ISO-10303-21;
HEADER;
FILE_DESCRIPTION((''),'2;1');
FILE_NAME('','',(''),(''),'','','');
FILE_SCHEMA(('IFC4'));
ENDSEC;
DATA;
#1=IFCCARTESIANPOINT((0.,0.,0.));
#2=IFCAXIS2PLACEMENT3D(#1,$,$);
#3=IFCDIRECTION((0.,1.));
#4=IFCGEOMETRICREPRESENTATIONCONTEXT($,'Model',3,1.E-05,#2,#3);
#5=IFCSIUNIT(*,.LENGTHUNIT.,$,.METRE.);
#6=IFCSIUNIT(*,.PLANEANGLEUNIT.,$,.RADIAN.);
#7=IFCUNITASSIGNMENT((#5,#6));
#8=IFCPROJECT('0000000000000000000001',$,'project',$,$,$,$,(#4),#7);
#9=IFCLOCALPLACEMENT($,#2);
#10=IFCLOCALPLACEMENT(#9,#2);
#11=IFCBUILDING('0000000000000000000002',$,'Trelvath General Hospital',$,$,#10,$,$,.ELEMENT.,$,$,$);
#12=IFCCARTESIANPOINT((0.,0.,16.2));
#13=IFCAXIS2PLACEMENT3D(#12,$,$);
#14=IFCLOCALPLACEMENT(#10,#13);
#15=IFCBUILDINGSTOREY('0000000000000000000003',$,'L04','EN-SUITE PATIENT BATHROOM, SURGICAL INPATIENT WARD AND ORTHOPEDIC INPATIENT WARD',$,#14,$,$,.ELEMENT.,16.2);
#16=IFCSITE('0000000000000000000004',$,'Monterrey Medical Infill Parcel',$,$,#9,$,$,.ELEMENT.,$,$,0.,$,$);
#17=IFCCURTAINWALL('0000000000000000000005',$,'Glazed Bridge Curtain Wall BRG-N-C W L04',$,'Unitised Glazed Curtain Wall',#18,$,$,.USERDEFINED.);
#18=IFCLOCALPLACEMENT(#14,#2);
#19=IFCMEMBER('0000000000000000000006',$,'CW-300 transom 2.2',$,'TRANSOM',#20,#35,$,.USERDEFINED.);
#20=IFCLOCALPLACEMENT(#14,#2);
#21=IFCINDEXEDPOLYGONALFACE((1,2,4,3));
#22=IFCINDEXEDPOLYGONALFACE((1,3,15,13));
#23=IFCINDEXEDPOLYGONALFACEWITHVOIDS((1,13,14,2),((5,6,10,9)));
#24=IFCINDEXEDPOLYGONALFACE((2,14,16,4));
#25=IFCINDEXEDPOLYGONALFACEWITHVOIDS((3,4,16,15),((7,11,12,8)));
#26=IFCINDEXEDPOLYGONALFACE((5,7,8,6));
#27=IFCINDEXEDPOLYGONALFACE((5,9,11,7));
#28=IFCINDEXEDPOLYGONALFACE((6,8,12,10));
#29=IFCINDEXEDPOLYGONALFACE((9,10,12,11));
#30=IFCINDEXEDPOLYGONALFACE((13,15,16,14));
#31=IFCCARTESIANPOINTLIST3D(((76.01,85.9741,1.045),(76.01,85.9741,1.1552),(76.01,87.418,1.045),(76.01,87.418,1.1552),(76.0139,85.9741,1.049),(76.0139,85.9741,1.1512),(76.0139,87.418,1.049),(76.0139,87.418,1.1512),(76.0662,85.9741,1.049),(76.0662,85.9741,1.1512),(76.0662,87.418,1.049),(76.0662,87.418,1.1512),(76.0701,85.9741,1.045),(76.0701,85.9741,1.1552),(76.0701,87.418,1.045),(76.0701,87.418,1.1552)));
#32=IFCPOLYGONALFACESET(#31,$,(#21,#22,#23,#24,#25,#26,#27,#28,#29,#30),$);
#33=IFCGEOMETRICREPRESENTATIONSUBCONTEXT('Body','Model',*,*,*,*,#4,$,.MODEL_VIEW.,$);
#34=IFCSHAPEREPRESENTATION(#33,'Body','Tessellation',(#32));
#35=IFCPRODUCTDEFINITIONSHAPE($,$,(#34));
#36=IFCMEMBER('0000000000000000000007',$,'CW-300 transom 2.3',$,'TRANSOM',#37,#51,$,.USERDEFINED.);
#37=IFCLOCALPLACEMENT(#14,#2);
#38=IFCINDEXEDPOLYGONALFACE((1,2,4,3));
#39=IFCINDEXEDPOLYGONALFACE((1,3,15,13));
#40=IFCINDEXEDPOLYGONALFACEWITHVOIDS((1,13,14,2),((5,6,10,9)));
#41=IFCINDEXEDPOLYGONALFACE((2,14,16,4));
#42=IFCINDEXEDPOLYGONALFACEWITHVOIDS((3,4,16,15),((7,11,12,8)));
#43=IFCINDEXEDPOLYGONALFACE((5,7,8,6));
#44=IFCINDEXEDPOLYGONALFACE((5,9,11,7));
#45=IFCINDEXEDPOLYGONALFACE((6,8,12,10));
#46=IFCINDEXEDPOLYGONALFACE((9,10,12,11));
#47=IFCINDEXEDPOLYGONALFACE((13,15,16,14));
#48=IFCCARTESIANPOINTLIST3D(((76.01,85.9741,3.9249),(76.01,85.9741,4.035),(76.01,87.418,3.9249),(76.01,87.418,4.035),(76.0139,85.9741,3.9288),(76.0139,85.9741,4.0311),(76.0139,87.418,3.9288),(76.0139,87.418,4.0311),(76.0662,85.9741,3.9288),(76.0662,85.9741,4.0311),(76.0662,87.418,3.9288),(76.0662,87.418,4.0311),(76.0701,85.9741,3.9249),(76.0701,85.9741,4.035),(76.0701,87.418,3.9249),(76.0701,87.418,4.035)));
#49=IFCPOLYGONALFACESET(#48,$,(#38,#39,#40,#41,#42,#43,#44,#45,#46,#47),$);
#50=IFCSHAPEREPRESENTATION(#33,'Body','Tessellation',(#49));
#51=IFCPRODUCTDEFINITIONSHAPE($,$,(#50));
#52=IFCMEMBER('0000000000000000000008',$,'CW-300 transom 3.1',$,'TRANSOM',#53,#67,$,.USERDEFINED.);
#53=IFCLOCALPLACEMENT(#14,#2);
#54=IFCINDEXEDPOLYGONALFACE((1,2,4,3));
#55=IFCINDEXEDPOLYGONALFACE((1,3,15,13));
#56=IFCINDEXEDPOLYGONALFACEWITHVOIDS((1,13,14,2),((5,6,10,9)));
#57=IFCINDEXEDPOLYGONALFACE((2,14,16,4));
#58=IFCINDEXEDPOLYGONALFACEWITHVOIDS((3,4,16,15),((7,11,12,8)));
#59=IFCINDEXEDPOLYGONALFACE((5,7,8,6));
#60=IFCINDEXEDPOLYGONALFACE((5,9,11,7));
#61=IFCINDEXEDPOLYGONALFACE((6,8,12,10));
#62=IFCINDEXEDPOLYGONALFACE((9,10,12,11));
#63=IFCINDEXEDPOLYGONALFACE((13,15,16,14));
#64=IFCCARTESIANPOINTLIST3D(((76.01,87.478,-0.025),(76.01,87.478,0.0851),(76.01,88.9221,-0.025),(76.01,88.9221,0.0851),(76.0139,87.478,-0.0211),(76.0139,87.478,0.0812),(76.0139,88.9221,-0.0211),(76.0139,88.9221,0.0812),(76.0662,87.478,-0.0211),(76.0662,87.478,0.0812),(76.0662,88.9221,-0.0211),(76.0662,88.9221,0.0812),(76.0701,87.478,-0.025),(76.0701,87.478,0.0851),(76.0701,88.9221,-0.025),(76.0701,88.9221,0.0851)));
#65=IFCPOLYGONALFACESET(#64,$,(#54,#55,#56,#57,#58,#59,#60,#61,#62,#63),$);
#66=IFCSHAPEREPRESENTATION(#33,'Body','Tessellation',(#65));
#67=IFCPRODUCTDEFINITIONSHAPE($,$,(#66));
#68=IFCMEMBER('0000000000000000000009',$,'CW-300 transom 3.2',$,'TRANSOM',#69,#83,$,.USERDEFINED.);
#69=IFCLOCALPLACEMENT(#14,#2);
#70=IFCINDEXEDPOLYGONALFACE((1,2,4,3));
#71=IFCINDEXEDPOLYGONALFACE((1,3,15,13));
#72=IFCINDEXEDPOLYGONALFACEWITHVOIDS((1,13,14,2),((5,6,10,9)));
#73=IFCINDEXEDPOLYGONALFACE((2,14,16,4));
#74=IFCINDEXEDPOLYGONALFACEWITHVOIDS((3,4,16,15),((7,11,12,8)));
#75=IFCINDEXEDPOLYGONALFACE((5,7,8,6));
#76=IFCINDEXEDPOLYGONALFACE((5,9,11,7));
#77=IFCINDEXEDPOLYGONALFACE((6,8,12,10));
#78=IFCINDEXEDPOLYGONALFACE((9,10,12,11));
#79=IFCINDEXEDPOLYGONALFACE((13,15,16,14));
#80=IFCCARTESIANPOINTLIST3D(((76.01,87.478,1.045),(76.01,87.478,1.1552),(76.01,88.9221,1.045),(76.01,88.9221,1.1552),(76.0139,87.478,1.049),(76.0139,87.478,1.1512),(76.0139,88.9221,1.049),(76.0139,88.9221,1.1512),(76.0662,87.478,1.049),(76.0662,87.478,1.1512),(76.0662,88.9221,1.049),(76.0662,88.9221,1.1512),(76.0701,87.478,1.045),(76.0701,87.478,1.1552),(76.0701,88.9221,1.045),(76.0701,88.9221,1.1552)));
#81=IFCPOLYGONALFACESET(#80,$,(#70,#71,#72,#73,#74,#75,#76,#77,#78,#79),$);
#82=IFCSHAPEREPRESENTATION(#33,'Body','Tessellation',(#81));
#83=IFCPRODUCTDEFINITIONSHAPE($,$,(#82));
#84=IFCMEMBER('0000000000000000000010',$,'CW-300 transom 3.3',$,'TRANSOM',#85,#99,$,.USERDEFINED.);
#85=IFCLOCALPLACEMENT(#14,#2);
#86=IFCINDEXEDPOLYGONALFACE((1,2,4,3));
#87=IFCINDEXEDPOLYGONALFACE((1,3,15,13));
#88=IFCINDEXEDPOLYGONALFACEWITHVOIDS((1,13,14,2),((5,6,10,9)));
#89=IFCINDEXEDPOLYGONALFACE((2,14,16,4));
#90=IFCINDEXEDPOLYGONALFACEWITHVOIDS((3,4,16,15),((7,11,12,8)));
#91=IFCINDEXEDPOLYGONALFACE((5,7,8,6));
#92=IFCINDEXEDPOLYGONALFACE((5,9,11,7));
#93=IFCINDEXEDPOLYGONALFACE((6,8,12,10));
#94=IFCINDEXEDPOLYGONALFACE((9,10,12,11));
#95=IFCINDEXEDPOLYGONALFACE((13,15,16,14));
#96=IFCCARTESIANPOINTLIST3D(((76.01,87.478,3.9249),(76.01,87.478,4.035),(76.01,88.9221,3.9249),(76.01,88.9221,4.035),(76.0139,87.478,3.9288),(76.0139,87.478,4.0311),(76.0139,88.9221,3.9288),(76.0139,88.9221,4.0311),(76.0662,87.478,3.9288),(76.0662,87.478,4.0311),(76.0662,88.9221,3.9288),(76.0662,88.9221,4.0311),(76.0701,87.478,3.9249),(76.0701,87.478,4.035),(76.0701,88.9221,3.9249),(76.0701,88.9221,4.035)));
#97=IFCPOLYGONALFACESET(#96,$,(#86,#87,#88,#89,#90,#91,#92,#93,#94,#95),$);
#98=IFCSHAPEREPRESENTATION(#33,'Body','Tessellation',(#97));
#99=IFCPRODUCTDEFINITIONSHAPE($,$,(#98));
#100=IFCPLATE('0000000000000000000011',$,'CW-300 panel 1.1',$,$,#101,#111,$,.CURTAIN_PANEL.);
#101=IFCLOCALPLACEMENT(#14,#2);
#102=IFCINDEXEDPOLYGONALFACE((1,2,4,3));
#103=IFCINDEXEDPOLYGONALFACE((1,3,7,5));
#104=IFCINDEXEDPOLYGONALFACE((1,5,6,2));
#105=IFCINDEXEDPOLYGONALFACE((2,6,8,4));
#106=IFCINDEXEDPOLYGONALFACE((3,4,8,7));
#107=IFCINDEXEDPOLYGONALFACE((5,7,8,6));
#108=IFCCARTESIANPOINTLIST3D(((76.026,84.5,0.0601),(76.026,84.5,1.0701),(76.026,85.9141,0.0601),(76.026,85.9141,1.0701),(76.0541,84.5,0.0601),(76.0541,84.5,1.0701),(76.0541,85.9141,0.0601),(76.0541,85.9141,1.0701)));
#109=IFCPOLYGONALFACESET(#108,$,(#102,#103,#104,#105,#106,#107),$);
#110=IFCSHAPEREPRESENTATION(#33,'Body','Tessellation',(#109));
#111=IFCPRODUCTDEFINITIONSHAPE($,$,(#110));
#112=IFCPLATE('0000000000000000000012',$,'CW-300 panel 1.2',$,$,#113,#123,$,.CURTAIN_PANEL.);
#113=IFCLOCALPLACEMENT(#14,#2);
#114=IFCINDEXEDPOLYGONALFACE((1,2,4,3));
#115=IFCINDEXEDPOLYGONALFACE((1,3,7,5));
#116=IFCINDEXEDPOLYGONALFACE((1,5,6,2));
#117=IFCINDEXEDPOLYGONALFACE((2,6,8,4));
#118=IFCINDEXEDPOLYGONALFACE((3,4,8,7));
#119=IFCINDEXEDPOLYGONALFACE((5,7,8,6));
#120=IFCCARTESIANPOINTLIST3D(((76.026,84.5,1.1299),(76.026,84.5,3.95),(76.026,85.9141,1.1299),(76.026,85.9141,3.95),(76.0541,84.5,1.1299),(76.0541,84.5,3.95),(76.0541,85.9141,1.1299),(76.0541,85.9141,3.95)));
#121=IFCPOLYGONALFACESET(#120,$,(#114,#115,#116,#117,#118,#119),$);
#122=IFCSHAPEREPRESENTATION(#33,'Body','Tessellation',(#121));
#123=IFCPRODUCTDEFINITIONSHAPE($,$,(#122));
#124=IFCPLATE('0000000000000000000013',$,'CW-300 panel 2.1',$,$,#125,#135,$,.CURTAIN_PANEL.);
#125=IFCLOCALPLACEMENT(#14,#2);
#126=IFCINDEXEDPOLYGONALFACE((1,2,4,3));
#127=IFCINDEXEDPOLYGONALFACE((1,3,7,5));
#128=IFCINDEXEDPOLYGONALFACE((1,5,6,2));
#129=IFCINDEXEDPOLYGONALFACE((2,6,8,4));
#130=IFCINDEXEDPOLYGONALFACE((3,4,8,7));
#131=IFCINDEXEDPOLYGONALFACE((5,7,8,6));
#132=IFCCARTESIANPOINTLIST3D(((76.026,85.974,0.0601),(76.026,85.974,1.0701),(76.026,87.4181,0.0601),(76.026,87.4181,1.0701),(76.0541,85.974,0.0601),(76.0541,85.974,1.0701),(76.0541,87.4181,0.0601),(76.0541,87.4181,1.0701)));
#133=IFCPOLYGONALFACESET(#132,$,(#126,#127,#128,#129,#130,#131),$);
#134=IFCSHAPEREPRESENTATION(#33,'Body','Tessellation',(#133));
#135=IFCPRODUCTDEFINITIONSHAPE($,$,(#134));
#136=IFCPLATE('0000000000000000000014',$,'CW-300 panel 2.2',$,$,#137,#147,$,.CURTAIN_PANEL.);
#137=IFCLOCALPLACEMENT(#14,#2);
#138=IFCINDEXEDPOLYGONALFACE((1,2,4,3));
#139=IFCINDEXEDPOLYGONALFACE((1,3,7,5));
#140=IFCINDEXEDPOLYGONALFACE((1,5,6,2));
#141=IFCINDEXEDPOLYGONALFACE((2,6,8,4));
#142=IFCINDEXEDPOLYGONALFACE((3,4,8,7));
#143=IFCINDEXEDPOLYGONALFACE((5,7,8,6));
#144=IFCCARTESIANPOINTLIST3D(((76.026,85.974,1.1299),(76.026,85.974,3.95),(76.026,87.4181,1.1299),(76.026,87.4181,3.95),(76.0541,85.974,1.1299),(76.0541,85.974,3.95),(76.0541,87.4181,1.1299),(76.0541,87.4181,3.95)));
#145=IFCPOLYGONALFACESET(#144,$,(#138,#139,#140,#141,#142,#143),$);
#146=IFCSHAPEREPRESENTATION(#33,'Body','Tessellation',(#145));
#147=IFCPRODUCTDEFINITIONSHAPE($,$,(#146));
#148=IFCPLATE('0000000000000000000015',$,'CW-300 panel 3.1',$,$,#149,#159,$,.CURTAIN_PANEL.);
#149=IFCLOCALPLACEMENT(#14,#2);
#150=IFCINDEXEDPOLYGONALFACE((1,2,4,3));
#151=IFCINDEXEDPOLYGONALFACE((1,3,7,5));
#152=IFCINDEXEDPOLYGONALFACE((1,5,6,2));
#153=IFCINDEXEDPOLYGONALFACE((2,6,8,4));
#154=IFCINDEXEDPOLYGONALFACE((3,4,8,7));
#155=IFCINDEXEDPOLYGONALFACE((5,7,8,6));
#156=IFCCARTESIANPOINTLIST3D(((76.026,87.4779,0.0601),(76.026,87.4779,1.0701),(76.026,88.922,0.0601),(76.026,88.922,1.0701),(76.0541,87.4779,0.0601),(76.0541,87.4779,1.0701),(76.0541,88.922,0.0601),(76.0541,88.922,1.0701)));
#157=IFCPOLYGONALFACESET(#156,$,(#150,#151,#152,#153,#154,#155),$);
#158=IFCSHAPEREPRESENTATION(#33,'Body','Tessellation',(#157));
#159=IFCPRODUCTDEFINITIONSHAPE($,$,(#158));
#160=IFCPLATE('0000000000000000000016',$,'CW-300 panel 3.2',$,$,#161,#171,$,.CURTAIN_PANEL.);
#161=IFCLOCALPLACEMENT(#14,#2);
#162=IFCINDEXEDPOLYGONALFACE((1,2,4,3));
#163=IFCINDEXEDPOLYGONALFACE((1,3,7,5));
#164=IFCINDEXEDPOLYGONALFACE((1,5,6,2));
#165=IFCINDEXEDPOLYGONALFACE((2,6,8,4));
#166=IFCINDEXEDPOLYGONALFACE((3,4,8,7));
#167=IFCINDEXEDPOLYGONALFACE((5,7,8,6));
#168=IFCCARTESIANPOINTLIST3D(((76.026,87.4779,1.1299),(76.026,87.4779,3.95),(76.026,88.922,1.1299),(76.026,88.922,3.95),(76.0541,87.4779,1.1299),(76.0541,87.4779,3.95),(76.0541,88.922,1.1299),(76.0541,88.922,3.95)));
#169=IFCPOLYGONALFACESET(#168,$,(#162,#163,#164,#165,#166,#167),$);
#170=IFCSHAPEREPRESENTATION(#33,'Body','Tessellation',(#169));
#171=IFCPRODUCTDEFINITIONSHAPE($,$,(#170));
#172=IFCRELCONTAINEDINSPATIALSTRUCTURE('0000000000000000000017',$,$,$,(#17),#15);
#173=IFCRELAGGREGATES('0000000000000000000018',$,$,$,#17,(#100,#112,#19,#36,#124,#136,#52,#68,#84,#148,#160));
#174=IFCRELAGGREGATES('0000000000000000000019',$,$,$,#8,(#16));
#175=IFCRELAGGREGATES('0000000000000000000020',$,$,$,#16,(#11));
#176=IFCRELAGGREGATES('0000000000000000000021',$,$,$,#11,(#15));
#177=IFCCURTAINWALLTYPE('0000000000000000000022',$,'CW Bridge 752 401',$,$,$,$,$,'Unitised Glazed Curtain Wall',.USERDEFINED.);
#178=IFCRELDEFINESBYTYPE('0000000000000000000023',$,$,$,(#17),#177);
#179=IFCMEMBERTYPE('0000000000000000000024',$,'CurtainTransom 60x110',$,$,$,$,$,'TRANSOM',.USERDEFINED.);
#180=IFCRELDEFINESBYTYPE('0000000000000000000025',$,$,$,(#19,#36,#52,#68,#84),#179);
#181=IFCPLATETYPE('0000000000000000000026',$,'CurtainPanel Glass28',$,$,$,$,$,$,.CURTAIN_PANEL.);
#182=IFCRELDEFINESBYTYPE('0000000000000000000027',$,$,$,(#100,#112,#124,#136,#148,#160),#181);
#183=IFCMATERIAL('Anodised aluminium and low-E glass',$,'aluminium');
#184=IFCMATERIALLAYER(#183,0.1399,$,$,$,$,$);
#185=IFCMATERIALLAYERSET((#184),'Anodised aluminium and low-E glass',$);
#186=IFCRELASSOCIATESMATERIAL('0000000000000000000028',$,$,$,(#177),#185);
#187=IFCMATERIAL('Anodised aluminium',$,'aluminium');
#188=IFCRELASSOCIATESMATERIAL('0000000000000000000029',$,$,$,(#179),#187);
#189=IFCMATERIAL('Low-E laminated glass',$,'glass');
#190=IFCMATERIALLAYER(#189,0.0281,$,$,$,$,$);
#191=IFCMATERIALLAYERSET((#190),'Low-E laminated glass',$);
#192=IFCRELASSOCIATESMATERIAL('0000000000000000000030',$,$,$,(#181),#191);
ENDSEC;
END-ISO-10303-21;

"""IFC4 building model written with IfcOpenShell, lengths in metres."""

from ifc_helpers import new_model, si_unit, direction, frame, origin, origin_2d, place, context, subcontext, project, spatial, rectangle, hollow_rectangle, extrude, material, layer, layer_set, material_profile, profile_set, type_object, element, aggregate, save


model = new_model("IFC4")

# Units and contexts
model_context = context("Model", 3, precision=1e-05, world=origin(), true_north=direction((0.0, 1.0)))
body_context = subcontext(model_context, "Body", "Model", "MODEL_VIEW")
ifc_project = project(units=[si_unit("LENGTHUNIT", "METRE"), si_unit("PLANEANGLEUNIT", "RADIAN")], contexts=[model_context])

# Site, building, storey
site_placement = place(None, origin())
site = spatial("IfcSite", under=ifc_project, at=site_placement, Name="Monterrey Medical Infill Parcel", CompositionType="ELEMENT", RefElevation=0.0)
building_placement = place(site_placement, origin())
building = spatial("IfcBuilding", under=site, at=building_placement, Name="Trelvath General Hospital", CompositionType="ELEMENT")
storey_placement = place(building_placement, frame((0.0, 0.0, 16.2)))
storey = spatial("IfcBuildingStorey", under=building, at=storey_placement, Name="L04", Description="EN-SUITE PATIENT BATHROOM, SURGICAL INPATIENT WARD AND ORTHOPEDIC INPATIENT WARD", CompositionType="ELEMENT", Elevation=16.2)

# Shared definitions
ifc_material_1 = material(Name="Anodised aluminium and low-E glass", Category="aluminium")
ifc_layer_1 = layer(ifc_material_1, 0.1399)
ifc_layer_set_1 = layer_set([ifc_layer_1], Name="Anodised aluminium and low-E glass")
curtain_wall_type = type_object("IfcCurtainWallType", Name="CW Bridge 752 401", ElementType="Unitised Glazed Curtain Wall", PredefinedType="USERDEFINED", material=ifc_layer_set_1)

# Curtain wall
curtain_wall_1_placement = place(storey_placement, origin())
curtain_wall_1 = element("IfcCurtainWall", 1, at=curtain_wall_1_placement, inside=storey, type_object=curtain_wall_type, Name="Glazed Bridge Curtain Wall BRG-N-C W L04", ObjectType="Unitised Glazed Curtain Wall", PredefinedType="USERDEFINED")

# Members
ifc_material_2 = material(Name="Anodised aluminium", Category="aluminium")
ifc_material_profile_1 = material_profile(ifc_material_2, hollow_rectangle(XDim=0.0601, YDim=0.1101, WallThickness=0.0039, at=origin_2d()), Name="RHS60x110x4")
ifc_profile_set_1 = profile_set([ifc_material_profile_1], Name="Anodised aluminium")
member_type_1 = type_object("IfcMemberType", Name="CurtainTransom 60x110", ElementType="TRANSOM", PredefinedType="USERDEFINED", material=ifc_profile_set_1)
member_1_placement = place(storey_placement, frame((76.04, 85.9741, 1.1001), z_axis=(0.0, 1.0, 0.0), x_axis=(-1.0, 0.0, 0.0)))
member_1 = element("IfcMember", 2, at=member_1_placement, type_object=member_type_1, Name="CW-300 transom 2.2", ObjectType="TRANSOM", PredefinedType="USERDEFINED", context=body_context, shape_type="SweptSolid", body=[
    extrude(hollow_rectangle(XDim=0.0601, YDim=0.1101, WallThickness=0.0039, at=origin_2d()), origin(), (0.0, 0.0, 1.0), 1.4438),
])
member_2_placement = place(storey_placement, frame((76.04, 85.9741, 3.98), z_axis=(0.0, 1.0, 0.0), x_axis=(-1.0, 0.0, 0.0)))
member_2 = element("IfcMember", 3, at=member_2_placement, type_object=member_type_1, Name="CW-300 transom 2.3", ObjectType="TRANSOM", PredefinedType="USERDEFINED", context=body_context, shape_type="SweptSolid", body=[
    extrude(hollow_rectangle(XDim=0.0601, YDim=0.1101, WallThickness=0.0039, at=origin_2d()), origin(), (0.0, 0.0, 1.0), 1.4438),
])
member_3_placement = place(storey_placement, frame((76.04, 87.478, 0.03), z_axis=(0.0, 1.0, 0.0), x_axis=(-1.0, 0.0, 0.0)))
member_3 = element("IfcMember", 4, at=member_3_placement, type_object=member_type_1, Name="CW-300 transom 3.1", ObjectType="TRANSOM", PredefinedType="USERDEFINED", context=body_context, shape_type="SweptSolid", body=[
    extrude(hollow_rectangle(XDim=0.0601, YDim=0.1101, WallThickness=0.0039, at=origin_2d()), origin(), (0.0, 0.0, 1.0), 1.4441),
])
member_4_placement = place(storey_placement, frame((76.04, 87.478, 1.1001), z_axis=(0.0, 1.0, 0.0), x_axis=(-1.0, 0.0, 0.0)))
member_4 = element("IfcMember", 5, at=member_4_placement, type_object=member_type_1, Name="CW-300 transom 3.2", ObjectType="TRANSOM", PredefinedType="USERDEFINED", context=body_context, shape_type="SweptSolid", body=[
    extrude(hollow_rectangle(XDim=0.0601, YDim=0.1101, WallThickness=0.0039, at=origin_2d()), origin(), (0.0, 0.0, 1.0), 1.4441),
])
member_5_placement = place(storey_placement, frame((76.04, 87.478, 3.98), z_axis=(0.0, 1.0, 0.0), x_axis=(-1.0, 0.0, 0.0)))
member_5 = element("IfcMember", 6, at=member_5_placement, type_object=member_type_1, Name="CW-300 transom 3.3", ObjectType="TRANSOM", PredefinedType="USERDEFINED", context=body_context, shape_type="SweptSolid", body=[
    extrude(hollow_rectangle(XDim=0.0601, YDim=0.1101, WallThickness=0.0039, at=origin_2d()), origin(), (0.0, 0.0, 1.0), 1.4441),
])

# Plates
ifc_material_3 = material(Name="Low-E laminated glass", Category="glass")
ifc_layer_2 = layer(ifc_material_3, 0.0281)
ifc_layer_set_2 = layer_set([ifc_layer_2], Name="Low-E laminated glass")
plate_type = type_object("IfcPlateType", Name="CurtainPanel Glass28", PredefinedType="CURTAIN_PANEL", material=ifc_layer_set_2)
plate_1_placement = place(storey_placement, frame((76.04, 85.207, 0.0601), z_axis=(0.0, 0.0, 1.0), x_axis=(0.0, 1.0, 0.0)))
plate_1 = element("IfcPlate", 7, at=plate_1_placement, type_object=plate_type, Name="CW-300 panel 1.1", PredefinedType="CURTAIN_PANEL", context=body_context, shape_type="SweptSolid", body=[
    extrude(rectangle(XDim=1.4141, YDim=0.0281, at=origin_2d()), origin(), (0.0, 0.0, 1.0), 1.01),
])
plate_2_placement = place(storey_placement, frame((76.04, 85.207, 1.1299), z_axis=(0.0, 0.0, 1.0), x_axis=(0.0, 1.0, 0.0)))
plate_2 = element("IfcPlate", 8, at=plate_2_placement, type_object=plate_type, Name="CW-300 panel 1.2", PredefinedType="CURTAIN_PANEL", context=body_context, shape_type="SweptSolid", body=[
    extrude(rectangle(XDim=1.4141, YDim=0.0281, at=origin_2d()), origin(), (0.0, 0.0, 1.0), 2.8201),
])
plate_3_placement = place(storey_placement, frame((76.04, 86.696, 0.0601), z_axis=(0.0, 0.0, 1.0), x_axis=(0.0, 1.0, 0.0)))
plate_3 = element("IfcPlate", 9, at=plate_3_placement, type_object=plate_type, Name="CW-300 panel 2.1", PredefinedType="CURTAIN_PANEL", context=body_context, shape_type="SweptSolid", body=[
    extrude(rectangle(XDim=1.4441, YDim=0.0281, at=origin_2d()), origin(), (0.0, 0.0, 1.0), 1.01),
])
plate_4_placement = place(storey_placement, frame((76.04, 86.696, 1.1299), z_axis=(0.0, 0.0, 1.0), x_axis=(0.0, 1.0, 0.0)))
plate_4 = element("IfcPlate", 10, at=plate_4_placement, type_object=plate_type, Name="CW-300 panel 2.2", PredefinedType="CURTAIN_PANEL", context=body_context, shape_type="SweptSolid", body=[
    extrude(rectangle(XDim=1.4441, YDim=0.0281, at=origin_2d()), origin(), (0.0, 0.0, 1.0), 2.8201),
])
plate_5_placement = place(storey_placement, frame((76.04, 88.2, 0.0601), z_axis=(0.0, 0.0, 1.0), x_axis=(0.0, 1.0, 0.0)))
plate_5 = element("IfcPlate", 11, at=plate_5_placement, type_object=plate_type, Name="CW-300 panel 3.1", PredefinedType="CURTAIN_PANEL", context=body_context, shape_type="SweptSolid", body=[
    extrude(rectangle(XDim=1.4441, YDim=0.0281, at=origin_2d()), origin(), (0.0, 0.0, 1.0), 1.01),
])
plate_6_placement = place(storey_placement, frame((76.04, 88.2, 1.1299), z_axis=(0.0, 0.0, 1.0), x_axis=(0.0, 1.0, 0.0)))
plate_6 = element("IfcPlate", 12, at=plate_6_placement, type_object=plate_type, Name="CW-300 panel 3.2", PredefinedType="CURTAIN_PANEL", context=body_context, shape_type="SweptSolid", body=[
    extrude(rectangle(XDim=1.4441, YDim=0.0281, at=origin_2d()), origin(), (0.0, 0.0, 1.0), 2.8201),
])
aggregate(curtain_wall_1, [plate_1, plate_2, member_1, member_2, plate_3, plate_4, member_3, member_4, member_5, plate_5, plate_6])

save(model, "model.ifc")
